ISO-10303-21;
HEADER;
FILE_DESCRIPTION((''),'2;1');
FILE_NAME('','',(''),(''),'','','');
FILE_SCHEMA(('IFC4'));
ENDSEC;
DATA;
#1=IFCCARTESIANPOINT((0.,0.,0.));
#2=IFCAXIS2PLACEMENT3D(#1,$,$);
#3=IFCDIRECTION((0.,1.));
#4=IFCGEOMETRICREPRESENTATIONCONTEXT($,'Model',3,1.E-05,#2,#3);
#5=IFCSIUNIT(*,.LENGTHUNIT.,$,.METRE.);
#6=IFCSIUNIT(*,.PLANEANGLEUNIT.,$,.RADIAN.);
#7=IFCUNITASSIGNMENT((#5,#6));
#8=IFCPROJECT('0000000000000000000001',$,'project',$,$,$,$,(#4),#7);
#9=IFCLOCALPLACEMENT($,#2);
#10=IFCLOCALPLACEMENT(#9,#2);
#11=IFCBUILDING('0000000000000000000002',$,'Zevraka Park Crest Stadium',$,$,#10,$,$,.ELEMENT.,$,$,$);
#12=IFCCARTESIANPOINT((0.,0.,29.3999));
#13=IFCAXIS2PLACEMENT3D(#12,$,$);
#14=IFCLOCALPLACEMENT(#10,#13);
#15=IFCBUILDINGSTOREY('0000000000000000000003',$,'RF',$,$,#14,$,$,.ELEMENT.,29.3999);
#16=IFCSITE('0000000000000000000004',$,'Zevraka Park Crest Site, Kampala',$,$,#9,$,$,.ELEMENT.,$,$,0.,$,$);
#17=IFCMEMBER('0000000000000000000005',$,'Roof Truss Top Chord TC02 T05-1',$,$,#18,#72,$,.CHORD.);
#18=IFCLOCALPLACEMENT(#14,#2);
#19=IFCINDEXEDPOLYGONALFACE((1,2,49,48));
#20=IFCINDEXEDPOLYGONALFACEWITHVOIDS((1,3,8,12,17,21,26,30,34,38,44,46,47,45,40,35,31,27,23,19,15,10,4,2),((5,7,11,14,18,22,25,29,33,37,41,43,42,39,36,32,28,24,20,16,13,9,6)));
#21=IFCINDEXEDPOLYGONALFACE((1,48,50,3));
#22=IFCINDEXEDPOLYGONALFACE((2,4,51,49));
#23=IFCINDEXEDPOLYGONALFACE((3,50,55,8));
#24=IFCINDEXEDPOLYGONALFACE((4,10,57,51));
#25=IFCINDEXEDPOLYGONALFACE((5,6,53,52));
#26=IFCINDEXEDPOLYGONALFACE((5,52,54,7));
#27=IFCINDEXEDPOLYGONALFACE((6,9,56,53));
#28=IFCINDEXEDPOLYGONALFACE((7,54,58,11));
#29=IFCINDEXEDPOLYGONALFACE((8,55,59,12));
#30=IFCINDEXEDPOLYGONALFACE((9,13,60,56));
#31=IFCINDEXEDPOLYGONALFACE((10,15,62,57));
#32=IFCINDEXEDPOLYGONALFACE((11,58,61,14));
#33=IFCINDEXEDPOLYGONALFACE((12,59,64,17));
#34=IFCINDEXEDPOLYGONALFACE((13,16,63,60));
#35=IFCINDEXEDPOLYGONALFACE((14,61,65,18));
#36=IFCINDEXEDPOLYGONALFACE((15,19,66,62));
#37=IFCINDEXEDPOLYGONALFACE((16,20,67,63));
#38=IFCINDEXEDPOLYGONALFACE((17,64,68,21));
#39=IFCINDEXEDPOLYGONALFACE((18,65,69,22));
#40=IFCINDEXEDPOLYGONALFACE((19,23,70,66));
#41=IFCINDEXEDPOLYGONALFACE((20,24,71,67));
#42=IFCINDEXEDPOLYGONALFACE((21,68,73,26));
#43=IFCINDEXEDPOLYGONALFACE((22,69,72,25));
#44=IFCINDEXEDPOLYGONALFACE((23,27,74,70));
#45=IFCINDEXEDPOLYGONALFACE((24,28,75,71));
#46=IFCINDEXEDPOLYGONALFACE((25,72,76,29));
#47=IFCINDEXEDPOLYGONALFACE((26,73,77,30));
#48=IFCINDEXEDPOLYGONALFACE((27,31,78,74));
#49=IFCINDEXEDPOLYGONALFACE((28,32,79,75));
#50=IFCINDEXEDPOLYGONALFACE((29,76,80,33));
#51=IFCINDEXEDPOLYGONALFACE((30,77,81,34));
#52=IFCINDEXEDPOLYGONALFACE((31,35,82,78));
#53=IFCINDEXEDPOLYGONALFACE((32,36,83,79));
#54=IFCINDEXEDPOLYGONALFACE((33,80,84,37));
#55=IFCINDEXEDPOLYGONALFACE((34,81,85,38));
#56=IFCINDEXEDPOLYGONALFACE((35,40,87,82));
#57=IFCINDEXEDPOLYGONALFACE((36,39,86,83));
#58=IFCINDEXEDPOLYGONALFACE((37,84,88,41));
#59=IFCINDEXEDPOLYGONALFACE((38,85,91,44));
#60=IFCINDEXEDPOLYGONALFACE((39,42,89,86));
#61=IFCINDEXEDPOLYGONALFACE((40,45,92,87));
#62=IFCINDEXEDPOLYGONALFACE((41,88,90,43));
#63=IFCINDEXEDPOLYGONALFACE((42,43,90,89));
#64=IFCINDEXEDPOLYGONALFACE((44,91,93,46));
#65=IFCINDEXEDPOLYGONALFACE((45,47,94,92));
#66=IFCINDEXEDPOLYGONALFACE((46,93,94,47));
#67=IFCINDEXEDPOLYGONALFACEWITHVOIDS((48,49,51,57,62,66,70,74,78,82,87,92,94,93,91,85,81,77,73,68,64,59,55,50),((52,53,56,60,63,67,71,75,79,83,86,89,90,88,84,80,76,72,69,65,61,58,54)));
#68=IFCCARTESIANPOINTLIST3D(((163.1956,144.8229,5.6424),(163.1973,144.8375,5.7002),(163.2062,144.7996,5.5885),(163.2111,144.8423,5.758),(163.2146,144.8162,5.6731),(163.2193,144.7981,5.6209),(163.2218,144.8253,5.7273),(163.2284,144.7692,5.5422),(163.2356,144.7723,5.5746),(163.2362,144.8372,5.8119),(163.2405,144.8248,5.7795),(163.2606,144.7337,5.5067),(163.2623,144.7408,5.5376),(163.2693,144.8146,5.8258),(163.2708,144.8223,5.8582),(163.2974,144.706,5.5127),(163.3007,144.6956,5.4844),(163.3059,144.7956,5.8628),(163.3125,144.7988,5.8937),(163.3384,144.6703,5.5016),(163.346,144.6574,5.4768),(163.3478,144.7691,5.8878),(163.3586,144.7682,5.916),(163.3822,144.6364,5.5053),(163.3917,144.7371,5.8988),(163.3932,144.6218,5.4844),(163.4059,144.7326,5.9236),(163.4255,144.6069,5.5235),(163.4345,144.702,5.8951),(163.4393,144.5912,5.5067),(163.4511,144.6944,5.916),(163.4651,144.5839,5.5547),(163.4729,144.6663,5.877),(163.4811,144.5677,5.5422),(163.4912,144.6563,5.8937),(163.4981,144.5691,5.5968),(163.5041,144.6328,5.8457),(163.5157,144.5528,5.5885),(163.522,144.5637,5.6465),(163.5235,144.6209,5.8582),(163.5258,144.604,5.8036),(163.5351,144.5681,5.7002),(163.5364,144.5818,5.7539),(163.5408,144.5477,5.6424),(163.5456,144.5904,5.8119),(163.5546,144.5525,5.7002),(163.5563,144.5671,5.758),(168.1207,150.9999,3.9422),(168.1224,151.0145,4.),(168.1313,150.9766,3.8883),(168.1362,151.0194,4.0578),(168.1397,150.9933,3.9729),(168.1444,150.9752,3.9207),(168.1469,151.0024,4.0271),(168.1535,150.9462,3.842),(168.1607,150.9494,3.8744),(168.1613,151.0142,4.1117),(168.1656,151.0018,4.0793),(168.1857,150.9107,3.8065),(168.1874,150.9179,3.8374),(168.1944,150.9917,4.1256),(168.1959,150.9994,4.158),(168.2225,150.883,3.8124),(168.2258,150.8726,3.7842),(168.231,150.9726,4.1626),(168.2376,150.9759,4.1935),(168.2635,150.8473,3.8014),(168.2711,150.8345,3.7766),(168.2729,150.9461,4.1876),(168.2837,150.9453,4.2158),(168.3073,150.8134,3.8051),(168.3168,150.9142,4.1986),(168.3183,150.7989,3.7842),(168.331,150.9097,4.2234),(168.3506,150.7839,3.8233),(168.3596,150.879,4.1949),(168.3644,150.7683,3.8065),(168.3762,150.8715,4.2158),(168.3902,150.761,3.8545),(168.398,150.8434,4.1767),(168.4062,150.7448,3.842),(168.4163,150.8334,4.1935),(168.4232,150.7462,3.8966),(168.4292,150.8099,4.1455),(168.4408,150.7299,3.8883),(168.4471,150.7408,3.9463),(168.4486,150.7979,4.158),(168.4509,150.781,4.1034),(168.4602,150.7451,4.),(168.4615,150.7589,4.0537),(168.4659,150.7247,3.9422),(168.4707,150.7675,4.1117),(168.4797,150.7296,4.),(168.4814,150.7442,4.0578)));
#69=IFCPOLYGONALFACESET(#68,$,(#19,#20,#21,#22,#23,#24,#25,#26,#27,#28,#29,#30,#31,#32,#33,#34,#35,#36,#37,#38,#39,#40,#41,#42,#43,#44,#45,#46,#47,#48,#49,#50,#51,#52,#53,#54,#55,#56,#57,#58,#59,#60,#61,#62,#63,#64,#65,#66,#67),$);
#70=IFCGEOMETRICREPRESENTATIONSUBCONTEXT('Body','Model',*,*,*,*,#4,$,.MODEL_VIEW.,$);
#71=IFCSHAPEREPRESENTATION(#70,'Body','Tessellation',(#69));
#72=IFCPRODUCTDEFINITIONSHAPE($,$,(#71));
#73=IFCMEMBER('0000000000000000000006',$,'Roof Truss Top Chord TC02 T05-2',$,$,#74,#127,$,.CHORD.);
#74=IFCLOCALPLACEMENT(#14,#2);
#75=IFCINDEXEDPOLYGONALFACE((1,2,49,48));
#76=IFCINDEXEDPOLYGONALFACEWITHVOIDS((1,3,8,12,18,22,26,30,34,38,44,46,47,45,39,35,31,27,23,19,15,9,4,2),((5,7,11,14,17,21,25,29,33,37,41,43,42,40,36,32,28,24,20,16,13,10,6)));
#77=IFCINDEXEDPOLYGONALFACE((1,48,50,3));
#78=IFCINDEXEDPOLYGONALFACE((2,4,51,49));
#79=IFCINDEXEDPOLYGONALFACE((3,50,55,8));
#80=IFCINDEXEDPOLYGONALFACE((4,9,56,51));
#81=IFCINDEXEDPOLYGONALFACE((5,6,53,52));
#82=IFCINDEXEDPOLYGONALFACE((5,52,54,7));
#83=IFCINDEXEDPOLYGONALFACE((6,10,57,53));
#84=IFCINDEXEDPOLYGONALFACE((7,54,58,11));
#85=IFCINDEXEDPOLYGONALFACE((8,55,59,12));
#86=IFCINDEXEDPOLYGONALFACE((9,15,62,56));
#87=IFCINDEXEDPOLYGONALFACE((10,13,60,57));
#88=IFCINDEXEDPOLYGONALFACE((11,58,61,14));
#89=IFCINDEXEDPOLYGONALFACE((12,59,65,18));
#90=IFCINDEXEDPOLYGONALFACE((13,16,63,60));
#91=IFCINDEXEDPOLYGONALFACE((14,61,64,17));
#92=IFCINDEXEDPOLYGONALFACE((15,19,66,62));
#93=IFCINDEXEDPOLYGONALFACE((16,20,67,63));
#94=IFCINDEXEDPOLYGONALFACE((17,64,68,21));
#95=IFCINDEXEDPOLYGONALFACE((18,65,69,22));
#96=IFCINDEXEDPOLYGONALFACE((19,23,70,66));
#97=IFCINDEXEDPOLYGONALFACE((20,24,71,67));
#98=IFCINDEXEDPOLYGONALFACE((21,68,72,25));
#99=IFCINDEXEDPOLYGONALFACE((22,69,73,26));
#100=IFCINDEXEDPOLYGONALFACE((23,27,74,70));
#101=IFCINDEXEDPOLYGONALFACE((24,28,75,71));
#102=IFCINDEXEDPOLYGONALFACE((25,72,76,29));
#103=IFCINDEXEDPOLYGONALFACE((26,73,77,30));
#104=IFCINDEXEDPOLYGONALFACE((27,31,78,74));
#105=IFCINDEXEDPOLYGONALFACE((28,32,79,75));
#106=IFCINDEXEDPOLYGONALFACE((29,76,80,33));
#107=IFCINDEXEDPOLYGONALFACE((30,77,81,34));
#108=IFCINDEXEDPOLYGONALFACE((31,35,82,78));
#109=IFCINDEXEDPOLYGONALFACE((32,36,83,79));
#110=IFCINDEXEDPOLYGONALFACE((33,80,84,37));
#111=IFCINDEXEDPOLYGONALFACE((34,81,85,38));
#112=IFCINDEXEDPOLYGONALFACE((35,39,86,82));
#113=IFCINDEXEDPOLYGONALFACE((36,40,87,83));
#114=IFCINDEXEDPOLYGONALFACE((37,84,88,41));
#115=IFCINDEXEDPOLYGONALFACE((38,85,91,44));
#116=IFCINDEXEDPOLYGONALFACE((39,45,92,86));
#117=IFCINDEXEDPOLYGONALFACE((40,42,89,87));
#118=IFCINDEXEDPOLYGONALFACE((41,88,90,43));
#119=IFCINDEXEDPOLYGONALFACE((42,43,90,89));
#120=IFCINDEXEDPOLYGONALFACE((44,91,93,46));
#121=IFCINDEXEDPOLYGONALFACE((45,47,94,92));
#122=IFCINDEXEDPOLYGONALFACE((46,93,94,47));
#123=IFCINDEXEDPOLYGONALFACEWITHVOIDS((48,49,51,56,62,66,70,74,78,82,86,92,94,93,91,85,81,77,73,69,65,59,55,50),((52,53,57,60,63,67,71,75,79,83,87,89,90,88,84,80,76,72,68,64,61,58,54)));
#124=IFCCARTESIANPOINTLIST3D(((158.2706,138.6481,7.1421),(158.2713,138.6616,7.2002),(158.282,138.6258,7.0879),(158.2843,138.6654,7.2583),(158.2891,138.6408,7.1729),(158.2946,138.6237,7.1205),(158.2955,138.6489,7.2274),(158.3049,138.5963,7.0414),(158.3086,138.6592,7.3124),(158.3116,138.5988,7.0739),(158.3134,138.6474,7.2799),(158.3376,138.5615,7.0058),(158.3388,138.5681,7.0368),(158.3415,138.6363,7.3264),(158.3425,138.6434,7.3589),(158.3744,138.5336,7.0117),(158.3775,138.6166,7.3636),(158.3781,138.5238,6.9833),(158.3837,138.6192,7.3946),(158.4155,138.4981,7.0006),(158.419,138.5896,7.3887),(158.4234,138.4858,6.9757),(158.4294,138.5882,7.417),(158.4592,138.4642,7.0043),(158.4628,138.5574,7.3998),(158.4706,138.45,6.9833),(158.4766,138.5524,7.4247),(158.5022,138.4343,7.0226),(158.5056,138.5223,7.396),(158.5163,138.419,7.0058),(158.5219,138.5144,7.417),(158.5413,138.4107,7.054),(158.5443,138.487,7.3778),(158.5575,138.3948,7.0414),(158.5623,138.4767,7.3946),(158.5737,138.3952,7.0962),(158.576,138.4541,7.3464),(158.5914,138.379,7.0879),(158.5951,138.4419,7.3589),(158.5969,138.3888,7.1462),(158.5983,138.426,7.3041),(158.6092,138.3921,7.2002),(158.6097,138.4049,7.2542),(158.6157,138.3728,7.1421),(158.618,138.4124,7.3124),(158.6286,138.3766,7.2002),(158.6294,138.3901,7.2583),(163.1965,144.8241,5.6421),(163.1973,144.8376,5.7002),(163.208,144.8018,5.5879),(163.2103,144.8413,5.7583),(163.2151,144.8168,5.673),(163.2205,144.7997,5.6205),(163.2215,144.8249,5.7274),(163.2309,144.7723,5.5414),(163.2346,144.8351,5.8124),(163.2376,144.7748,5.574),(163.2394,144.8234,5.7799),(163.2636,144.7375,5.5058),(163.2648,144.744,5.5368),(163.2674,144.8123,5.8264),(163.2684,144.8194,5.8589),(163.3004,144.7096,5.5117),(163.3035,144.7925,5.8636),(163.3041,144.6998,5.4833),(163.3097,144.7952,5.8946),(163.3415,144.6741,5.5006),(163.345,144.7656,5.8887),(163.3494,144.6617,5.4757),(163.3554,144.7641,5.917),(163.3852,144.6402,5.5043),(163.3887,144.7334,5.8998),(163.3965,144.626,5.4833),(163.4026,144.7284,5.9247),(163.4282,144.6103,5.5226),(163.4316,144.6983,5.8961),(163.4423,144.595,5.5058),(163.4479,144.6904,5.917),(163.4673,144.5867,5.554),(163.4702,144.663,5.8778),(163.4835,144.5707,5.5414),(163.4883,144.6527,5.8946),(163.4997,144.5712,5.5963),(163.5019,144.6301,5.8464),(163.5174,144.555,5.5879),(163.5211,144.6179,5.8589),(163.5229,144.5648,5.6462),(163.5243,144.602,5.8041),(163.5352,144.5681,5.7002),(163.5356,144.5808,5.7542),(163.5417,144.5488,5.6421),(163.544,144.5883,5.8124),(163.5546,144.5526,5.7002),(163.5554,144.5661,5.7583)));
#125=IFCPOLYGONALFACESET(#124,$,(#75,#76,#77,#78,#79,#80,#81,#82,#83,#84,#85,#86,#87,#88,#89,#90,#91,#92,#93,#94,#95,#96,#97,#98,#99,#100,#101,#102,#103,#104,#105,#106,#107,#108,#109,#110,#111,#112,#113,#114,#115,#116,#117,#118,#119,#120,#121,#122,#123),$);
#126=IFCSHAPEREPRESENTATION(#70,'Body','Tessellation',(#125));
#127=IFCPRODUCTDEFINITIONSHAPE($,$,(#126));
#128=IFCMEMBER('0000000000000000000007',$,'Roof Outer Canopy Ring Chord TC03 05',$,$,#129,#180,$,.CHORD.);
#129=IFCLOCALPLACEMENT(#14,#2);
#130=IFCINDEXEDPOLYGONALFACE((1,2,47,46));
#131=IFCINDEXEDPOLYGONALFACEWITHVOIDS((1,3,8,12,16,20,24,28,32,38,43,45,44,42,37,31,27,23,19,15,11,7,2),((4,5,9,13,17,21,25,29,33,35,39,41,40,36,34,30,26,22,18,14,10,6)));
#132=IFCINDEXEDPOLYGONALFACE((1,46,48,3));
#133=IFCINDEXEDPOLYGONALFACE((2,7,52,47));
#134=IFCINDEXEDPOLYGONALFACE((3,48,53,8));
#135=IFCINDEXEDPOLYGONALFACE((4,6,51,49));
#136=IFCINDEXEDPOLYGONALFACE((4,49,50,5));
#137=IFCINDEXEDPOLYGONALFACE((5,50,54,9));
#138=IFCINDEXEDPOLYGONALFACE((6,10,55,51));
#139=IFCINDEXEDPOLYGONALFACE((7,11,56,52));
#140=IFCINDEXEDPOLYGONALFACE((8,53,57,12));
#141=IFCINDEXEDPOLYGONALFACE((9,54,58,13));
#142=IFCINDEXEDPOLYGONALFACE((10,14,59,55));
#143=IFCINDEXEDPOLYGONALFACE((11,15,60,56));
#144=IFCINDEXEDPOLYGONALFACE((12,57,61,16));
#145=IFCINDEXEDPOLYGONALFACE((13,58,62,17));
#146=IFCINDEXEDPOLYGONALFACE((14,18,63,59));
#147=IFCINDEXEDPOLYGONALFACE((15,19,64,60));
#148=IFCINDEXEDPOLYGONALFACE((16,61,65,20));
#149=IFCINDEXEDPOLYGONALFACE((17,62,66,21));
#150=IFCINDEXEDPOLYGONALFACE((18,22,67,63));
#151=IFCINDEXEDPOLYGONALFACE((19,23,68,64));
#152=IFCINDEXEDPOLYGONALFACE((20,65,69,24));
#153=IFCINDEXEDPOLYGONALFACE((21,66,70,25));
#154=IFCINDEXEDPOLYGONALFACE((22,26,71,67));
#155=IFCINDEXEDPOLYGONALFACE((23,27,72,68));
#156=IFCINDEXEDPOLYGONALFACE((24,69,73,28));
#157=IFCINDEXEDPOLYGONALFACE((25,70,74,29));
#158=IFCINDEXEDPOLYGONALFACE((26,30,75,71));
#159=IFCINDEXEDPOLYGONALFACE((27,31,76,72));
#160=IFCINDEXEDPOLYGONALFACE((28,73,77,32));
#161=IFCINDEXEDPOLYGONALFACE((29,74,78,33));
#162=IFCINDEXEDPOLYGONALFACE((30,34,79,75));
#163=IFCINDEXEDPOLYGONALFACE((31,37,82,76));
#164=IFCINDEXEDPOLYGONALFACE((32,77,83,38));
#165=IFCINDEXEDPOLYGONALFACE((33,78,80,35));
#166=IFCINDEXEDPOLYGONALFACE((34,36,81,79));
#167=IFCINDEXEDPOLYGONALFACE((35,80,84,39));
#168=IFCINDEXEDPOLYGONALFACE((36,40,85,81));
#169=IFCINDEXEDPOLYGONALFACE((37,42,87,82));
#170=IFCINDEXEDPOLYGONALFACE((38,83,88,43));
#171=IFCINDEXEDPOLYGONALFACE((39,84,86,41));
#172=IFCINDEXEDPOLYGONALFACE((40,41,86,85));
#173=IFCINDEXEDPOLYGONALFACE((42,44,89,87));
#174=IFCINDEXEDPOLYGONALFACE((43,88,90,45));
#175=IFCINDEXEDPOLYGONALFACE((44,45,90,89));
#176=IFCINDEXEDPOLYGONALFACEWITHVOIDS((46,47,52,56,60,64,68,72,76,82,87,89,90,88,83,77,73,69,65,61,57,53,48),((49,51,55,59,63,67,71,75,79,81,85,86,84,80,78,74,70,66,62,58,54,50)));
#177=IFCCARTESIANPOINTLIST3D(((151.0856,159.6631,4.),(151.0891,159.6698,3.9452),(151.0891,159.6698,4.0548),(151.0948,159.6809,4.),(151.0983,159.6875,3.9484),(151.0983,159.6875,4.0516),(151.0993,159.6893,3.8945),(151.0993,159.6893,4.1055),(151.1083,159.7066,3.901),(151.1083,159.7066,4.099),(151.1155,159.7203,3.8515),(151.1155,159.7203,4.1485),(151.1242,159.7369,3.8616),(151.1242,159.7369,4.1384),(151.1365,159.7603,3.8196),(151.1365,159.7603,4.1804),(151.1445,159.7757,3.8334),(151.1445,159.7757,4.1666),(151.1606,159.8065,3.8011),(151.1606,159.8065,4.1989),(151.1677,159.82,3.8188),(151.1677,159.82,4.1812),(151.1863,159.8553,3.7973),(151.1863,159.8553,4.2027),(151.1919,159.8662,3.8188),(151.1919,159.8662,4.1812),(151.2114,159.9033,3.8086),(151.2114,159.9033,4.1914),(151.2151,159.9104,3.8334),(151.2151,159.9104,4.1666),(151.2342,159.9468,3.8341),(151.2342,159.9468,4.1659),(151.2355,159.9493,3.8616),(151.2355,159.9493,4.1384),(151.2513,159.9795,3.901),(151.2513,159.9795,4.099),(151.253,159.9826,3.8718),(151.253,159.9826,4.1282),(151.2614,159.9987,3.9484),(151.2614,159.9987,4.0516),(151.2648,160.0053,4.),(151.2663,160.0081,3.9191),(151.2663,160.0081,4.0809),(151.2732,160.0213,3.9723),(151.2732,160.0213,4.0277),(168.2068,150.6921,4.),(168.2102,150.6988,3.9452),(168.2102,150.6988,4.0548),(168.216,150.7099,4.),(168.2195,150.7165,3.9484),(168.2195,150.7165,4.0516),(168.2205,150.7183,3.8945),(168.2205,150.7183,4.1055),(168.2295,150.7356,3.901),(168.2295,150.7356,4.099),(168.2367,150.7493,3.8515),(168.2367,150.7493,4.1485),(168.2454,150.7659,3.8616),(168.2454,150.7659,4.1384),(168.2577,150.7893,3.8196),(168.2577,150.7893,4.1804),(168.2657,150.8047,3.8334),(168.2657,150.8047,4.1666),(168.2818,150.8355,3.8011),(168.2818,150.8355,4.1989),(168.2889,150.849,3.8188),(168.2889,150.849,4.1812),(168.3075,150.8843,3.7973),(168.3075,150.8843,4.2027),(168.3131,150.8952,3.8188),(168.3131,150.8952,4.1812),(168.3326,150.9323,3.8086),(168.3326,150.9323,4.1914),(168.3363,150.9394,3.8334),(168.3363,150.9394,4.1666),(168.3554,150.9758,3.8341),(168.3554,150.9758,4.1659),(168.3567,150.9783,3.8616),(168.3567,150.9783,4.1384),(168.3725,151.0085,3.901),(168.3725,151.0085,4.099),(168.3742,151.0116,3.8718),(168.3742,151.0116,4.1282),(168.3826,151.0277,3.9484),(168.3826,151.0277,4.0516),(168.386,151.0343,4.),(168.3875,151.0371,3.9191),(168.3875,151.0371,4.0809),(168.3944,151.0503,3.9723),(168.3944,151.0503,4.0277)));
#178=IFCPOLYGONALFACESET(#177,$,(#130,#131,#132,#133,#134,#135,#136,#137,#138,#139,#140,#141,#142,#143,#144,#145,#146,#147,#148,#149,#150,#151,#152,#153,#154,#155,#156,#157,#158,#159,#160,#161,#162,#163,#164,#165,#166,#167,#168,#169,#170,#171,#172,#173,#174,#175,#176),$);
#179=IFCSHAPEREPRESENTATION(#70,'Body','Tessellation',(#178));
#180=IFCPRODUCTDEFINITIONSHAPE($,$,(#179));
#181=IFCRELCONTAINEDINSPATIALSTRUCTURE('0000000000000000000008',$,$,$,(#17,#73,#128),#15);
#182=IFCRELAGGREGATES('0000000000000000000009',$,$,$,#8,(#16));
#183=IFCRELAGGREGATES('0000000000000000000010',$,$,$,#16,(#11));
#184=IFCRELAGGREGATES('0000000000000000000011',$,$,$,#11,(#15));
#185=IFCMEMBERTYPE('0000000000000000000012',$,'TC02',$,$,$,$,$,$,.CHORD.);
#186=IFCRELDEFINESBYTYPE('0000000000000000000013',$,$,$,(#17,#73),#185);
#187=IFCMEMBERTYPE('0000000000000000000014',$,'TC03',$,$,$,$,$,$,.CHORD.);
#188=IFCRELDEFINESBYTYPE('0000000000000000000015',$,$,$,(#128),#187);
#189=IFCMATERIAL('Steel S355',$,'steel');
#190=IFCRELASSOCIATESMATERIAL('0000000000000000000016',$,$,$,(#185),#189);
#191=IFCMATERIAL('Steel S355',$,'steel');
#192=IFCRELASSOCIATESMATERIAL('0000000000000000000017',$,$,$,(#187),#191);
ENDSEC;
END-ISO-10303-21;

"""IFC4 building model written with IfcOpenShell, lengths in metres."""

from ifc_helpers import new_model, si_unit, direction, frame, origin, origin_2d, place, context, subcontext, project, spatial, hollow_circle, extrude, material, material_profile, profile_set, type_object, element, save


model = new_model("IFC4")

# Units and contexts
model_context = context("Model", 3, precision=1e-05, world=origin(), true_north=direction((0.0, 1.0)))
body_context = subcontext(model_context, "Body", "Model", "MODEL_VIEW")
ifc_project = project(units=[si_unit("LENGTHUNIT", "METRE"), si_unit("PLANEANGLEUNIT", "RADIAN")], contexts=[model_context])

# Site, building, storey
site_placement = place(None, origin())
site = spatial("IfcSite", under=ifc_project, at=site_placement, Name="Zevraka Park Crest Site, Kampala", CompositionType="ELEMENT", RefElevation=0.0)
building_placement = place(site_placement, origin())
building = spatial("IfcBuilding", under=site, at=building_placement, Name="Zevraka Park Crest Stadium", CompositionType="ELEMENT")
storey_placement = place(building_placement, frame((0.0, 0.0, 29.3999)))
storey = spatial("IfcBuildingStorey", under=building, at=storey_placement, Name="RF", CompositionType="ELEMENT", Elevation=29.3999)

# Members
ifc_material_1 = material(Name="Steel S355", Category="steel")
ifc_material_profile_1 = material_profile(ifc_material_1, hollow_circle(Radius=0.2285, WallThickness=0.0249, at=origin_2d()), Name="CHS 457.0x25")
ifc_profile_set_1 = profile_set([ifc_material_profile_1], Name="Steel S355")
member_type_1 = type_object("IfcMemberType", Name="TC02", PredefinedType="CHORD", material=ifc_profile_set_1)
member_1_placement = place(storey_placement, frame((168.301, 150.8721, 4.0), z_axis=(-0.609462, -0.764388, 0.210395), x_axis=(0.78189, -0.623417, 0.0)))
element("IfcMember", 1, at=member_1_placement, inside=storey, type_object=member_type_1, Name="Roof Truss Top Chord TC02 T05-1", PredefinedType="CHORD", context=body_context, shape_type="SweptSolid", body=[
    extrude(hollow_circle(Radius=0.2285, WallThickness=0.0249, at=origin_2d()), origin(), (0.0, 0.0, 1.0), 8.0811),
])
member_2_placement = place(storey_placement, frame((163.376, 144.6951, 5.7002), z_axis=(-0.612607, -0.768059, 0.186542), x_axis=(0.781782, -0.623552, 0.0)))
element("IfcMember", 2, at=member_2_placement, inside=storey, type_object=member_type_1, Name="Roof Truss Top Chord TC02 T05-2", PredefinedType="CHORD", context=body_context, shape_type="SweptSolid", body=[
    extrude(hollow_circle(Radius=0.2285, WallThickness=0.0249, at=origin_2d()), origin(), (0.0, 0.0, 1.0), 8.041),
])
ifc_material_2 = material(Name="Steel S355", Category="steel")
ifc_material_profile_2 = material_profile(ifc_material_2, hollow_circle(Radius=0.2031, WallThickness=0.02, at=origin_2d()), Name="CHS 406.4x20")
ifc_profile_set_2 = profile_set([ifc_material_profile_2], Name="Steel S355")
member_type_2 = type_object("IfcMemberType", Name="TC03", PredefinedType="CHORD", material=ifc_profile_set_2)
member_3_placement = place(storey_placement, frame((168.301, 150.8721, 4.0), z_axis=(-0.885773, 0.464119, 0.0), x_axis=(-0.464119, -0.885773, 0.0)))
element("IfcMember", 3, at=member_3_placement, inside=storey, type_object=member_type_2, Name="Roof Outer Canopy Ring Chord TC03 05", PredefinedType="CHORD", context=body_context, shape_type="SweptSolid", body=[
    extrude(hollow_circle(Radius=0.2031, WallThickness=0.02, at=origin_2d()), origin(), (0.0, 0.0, 1.0), 19.3291),
])

save(model, "model.ifc")
